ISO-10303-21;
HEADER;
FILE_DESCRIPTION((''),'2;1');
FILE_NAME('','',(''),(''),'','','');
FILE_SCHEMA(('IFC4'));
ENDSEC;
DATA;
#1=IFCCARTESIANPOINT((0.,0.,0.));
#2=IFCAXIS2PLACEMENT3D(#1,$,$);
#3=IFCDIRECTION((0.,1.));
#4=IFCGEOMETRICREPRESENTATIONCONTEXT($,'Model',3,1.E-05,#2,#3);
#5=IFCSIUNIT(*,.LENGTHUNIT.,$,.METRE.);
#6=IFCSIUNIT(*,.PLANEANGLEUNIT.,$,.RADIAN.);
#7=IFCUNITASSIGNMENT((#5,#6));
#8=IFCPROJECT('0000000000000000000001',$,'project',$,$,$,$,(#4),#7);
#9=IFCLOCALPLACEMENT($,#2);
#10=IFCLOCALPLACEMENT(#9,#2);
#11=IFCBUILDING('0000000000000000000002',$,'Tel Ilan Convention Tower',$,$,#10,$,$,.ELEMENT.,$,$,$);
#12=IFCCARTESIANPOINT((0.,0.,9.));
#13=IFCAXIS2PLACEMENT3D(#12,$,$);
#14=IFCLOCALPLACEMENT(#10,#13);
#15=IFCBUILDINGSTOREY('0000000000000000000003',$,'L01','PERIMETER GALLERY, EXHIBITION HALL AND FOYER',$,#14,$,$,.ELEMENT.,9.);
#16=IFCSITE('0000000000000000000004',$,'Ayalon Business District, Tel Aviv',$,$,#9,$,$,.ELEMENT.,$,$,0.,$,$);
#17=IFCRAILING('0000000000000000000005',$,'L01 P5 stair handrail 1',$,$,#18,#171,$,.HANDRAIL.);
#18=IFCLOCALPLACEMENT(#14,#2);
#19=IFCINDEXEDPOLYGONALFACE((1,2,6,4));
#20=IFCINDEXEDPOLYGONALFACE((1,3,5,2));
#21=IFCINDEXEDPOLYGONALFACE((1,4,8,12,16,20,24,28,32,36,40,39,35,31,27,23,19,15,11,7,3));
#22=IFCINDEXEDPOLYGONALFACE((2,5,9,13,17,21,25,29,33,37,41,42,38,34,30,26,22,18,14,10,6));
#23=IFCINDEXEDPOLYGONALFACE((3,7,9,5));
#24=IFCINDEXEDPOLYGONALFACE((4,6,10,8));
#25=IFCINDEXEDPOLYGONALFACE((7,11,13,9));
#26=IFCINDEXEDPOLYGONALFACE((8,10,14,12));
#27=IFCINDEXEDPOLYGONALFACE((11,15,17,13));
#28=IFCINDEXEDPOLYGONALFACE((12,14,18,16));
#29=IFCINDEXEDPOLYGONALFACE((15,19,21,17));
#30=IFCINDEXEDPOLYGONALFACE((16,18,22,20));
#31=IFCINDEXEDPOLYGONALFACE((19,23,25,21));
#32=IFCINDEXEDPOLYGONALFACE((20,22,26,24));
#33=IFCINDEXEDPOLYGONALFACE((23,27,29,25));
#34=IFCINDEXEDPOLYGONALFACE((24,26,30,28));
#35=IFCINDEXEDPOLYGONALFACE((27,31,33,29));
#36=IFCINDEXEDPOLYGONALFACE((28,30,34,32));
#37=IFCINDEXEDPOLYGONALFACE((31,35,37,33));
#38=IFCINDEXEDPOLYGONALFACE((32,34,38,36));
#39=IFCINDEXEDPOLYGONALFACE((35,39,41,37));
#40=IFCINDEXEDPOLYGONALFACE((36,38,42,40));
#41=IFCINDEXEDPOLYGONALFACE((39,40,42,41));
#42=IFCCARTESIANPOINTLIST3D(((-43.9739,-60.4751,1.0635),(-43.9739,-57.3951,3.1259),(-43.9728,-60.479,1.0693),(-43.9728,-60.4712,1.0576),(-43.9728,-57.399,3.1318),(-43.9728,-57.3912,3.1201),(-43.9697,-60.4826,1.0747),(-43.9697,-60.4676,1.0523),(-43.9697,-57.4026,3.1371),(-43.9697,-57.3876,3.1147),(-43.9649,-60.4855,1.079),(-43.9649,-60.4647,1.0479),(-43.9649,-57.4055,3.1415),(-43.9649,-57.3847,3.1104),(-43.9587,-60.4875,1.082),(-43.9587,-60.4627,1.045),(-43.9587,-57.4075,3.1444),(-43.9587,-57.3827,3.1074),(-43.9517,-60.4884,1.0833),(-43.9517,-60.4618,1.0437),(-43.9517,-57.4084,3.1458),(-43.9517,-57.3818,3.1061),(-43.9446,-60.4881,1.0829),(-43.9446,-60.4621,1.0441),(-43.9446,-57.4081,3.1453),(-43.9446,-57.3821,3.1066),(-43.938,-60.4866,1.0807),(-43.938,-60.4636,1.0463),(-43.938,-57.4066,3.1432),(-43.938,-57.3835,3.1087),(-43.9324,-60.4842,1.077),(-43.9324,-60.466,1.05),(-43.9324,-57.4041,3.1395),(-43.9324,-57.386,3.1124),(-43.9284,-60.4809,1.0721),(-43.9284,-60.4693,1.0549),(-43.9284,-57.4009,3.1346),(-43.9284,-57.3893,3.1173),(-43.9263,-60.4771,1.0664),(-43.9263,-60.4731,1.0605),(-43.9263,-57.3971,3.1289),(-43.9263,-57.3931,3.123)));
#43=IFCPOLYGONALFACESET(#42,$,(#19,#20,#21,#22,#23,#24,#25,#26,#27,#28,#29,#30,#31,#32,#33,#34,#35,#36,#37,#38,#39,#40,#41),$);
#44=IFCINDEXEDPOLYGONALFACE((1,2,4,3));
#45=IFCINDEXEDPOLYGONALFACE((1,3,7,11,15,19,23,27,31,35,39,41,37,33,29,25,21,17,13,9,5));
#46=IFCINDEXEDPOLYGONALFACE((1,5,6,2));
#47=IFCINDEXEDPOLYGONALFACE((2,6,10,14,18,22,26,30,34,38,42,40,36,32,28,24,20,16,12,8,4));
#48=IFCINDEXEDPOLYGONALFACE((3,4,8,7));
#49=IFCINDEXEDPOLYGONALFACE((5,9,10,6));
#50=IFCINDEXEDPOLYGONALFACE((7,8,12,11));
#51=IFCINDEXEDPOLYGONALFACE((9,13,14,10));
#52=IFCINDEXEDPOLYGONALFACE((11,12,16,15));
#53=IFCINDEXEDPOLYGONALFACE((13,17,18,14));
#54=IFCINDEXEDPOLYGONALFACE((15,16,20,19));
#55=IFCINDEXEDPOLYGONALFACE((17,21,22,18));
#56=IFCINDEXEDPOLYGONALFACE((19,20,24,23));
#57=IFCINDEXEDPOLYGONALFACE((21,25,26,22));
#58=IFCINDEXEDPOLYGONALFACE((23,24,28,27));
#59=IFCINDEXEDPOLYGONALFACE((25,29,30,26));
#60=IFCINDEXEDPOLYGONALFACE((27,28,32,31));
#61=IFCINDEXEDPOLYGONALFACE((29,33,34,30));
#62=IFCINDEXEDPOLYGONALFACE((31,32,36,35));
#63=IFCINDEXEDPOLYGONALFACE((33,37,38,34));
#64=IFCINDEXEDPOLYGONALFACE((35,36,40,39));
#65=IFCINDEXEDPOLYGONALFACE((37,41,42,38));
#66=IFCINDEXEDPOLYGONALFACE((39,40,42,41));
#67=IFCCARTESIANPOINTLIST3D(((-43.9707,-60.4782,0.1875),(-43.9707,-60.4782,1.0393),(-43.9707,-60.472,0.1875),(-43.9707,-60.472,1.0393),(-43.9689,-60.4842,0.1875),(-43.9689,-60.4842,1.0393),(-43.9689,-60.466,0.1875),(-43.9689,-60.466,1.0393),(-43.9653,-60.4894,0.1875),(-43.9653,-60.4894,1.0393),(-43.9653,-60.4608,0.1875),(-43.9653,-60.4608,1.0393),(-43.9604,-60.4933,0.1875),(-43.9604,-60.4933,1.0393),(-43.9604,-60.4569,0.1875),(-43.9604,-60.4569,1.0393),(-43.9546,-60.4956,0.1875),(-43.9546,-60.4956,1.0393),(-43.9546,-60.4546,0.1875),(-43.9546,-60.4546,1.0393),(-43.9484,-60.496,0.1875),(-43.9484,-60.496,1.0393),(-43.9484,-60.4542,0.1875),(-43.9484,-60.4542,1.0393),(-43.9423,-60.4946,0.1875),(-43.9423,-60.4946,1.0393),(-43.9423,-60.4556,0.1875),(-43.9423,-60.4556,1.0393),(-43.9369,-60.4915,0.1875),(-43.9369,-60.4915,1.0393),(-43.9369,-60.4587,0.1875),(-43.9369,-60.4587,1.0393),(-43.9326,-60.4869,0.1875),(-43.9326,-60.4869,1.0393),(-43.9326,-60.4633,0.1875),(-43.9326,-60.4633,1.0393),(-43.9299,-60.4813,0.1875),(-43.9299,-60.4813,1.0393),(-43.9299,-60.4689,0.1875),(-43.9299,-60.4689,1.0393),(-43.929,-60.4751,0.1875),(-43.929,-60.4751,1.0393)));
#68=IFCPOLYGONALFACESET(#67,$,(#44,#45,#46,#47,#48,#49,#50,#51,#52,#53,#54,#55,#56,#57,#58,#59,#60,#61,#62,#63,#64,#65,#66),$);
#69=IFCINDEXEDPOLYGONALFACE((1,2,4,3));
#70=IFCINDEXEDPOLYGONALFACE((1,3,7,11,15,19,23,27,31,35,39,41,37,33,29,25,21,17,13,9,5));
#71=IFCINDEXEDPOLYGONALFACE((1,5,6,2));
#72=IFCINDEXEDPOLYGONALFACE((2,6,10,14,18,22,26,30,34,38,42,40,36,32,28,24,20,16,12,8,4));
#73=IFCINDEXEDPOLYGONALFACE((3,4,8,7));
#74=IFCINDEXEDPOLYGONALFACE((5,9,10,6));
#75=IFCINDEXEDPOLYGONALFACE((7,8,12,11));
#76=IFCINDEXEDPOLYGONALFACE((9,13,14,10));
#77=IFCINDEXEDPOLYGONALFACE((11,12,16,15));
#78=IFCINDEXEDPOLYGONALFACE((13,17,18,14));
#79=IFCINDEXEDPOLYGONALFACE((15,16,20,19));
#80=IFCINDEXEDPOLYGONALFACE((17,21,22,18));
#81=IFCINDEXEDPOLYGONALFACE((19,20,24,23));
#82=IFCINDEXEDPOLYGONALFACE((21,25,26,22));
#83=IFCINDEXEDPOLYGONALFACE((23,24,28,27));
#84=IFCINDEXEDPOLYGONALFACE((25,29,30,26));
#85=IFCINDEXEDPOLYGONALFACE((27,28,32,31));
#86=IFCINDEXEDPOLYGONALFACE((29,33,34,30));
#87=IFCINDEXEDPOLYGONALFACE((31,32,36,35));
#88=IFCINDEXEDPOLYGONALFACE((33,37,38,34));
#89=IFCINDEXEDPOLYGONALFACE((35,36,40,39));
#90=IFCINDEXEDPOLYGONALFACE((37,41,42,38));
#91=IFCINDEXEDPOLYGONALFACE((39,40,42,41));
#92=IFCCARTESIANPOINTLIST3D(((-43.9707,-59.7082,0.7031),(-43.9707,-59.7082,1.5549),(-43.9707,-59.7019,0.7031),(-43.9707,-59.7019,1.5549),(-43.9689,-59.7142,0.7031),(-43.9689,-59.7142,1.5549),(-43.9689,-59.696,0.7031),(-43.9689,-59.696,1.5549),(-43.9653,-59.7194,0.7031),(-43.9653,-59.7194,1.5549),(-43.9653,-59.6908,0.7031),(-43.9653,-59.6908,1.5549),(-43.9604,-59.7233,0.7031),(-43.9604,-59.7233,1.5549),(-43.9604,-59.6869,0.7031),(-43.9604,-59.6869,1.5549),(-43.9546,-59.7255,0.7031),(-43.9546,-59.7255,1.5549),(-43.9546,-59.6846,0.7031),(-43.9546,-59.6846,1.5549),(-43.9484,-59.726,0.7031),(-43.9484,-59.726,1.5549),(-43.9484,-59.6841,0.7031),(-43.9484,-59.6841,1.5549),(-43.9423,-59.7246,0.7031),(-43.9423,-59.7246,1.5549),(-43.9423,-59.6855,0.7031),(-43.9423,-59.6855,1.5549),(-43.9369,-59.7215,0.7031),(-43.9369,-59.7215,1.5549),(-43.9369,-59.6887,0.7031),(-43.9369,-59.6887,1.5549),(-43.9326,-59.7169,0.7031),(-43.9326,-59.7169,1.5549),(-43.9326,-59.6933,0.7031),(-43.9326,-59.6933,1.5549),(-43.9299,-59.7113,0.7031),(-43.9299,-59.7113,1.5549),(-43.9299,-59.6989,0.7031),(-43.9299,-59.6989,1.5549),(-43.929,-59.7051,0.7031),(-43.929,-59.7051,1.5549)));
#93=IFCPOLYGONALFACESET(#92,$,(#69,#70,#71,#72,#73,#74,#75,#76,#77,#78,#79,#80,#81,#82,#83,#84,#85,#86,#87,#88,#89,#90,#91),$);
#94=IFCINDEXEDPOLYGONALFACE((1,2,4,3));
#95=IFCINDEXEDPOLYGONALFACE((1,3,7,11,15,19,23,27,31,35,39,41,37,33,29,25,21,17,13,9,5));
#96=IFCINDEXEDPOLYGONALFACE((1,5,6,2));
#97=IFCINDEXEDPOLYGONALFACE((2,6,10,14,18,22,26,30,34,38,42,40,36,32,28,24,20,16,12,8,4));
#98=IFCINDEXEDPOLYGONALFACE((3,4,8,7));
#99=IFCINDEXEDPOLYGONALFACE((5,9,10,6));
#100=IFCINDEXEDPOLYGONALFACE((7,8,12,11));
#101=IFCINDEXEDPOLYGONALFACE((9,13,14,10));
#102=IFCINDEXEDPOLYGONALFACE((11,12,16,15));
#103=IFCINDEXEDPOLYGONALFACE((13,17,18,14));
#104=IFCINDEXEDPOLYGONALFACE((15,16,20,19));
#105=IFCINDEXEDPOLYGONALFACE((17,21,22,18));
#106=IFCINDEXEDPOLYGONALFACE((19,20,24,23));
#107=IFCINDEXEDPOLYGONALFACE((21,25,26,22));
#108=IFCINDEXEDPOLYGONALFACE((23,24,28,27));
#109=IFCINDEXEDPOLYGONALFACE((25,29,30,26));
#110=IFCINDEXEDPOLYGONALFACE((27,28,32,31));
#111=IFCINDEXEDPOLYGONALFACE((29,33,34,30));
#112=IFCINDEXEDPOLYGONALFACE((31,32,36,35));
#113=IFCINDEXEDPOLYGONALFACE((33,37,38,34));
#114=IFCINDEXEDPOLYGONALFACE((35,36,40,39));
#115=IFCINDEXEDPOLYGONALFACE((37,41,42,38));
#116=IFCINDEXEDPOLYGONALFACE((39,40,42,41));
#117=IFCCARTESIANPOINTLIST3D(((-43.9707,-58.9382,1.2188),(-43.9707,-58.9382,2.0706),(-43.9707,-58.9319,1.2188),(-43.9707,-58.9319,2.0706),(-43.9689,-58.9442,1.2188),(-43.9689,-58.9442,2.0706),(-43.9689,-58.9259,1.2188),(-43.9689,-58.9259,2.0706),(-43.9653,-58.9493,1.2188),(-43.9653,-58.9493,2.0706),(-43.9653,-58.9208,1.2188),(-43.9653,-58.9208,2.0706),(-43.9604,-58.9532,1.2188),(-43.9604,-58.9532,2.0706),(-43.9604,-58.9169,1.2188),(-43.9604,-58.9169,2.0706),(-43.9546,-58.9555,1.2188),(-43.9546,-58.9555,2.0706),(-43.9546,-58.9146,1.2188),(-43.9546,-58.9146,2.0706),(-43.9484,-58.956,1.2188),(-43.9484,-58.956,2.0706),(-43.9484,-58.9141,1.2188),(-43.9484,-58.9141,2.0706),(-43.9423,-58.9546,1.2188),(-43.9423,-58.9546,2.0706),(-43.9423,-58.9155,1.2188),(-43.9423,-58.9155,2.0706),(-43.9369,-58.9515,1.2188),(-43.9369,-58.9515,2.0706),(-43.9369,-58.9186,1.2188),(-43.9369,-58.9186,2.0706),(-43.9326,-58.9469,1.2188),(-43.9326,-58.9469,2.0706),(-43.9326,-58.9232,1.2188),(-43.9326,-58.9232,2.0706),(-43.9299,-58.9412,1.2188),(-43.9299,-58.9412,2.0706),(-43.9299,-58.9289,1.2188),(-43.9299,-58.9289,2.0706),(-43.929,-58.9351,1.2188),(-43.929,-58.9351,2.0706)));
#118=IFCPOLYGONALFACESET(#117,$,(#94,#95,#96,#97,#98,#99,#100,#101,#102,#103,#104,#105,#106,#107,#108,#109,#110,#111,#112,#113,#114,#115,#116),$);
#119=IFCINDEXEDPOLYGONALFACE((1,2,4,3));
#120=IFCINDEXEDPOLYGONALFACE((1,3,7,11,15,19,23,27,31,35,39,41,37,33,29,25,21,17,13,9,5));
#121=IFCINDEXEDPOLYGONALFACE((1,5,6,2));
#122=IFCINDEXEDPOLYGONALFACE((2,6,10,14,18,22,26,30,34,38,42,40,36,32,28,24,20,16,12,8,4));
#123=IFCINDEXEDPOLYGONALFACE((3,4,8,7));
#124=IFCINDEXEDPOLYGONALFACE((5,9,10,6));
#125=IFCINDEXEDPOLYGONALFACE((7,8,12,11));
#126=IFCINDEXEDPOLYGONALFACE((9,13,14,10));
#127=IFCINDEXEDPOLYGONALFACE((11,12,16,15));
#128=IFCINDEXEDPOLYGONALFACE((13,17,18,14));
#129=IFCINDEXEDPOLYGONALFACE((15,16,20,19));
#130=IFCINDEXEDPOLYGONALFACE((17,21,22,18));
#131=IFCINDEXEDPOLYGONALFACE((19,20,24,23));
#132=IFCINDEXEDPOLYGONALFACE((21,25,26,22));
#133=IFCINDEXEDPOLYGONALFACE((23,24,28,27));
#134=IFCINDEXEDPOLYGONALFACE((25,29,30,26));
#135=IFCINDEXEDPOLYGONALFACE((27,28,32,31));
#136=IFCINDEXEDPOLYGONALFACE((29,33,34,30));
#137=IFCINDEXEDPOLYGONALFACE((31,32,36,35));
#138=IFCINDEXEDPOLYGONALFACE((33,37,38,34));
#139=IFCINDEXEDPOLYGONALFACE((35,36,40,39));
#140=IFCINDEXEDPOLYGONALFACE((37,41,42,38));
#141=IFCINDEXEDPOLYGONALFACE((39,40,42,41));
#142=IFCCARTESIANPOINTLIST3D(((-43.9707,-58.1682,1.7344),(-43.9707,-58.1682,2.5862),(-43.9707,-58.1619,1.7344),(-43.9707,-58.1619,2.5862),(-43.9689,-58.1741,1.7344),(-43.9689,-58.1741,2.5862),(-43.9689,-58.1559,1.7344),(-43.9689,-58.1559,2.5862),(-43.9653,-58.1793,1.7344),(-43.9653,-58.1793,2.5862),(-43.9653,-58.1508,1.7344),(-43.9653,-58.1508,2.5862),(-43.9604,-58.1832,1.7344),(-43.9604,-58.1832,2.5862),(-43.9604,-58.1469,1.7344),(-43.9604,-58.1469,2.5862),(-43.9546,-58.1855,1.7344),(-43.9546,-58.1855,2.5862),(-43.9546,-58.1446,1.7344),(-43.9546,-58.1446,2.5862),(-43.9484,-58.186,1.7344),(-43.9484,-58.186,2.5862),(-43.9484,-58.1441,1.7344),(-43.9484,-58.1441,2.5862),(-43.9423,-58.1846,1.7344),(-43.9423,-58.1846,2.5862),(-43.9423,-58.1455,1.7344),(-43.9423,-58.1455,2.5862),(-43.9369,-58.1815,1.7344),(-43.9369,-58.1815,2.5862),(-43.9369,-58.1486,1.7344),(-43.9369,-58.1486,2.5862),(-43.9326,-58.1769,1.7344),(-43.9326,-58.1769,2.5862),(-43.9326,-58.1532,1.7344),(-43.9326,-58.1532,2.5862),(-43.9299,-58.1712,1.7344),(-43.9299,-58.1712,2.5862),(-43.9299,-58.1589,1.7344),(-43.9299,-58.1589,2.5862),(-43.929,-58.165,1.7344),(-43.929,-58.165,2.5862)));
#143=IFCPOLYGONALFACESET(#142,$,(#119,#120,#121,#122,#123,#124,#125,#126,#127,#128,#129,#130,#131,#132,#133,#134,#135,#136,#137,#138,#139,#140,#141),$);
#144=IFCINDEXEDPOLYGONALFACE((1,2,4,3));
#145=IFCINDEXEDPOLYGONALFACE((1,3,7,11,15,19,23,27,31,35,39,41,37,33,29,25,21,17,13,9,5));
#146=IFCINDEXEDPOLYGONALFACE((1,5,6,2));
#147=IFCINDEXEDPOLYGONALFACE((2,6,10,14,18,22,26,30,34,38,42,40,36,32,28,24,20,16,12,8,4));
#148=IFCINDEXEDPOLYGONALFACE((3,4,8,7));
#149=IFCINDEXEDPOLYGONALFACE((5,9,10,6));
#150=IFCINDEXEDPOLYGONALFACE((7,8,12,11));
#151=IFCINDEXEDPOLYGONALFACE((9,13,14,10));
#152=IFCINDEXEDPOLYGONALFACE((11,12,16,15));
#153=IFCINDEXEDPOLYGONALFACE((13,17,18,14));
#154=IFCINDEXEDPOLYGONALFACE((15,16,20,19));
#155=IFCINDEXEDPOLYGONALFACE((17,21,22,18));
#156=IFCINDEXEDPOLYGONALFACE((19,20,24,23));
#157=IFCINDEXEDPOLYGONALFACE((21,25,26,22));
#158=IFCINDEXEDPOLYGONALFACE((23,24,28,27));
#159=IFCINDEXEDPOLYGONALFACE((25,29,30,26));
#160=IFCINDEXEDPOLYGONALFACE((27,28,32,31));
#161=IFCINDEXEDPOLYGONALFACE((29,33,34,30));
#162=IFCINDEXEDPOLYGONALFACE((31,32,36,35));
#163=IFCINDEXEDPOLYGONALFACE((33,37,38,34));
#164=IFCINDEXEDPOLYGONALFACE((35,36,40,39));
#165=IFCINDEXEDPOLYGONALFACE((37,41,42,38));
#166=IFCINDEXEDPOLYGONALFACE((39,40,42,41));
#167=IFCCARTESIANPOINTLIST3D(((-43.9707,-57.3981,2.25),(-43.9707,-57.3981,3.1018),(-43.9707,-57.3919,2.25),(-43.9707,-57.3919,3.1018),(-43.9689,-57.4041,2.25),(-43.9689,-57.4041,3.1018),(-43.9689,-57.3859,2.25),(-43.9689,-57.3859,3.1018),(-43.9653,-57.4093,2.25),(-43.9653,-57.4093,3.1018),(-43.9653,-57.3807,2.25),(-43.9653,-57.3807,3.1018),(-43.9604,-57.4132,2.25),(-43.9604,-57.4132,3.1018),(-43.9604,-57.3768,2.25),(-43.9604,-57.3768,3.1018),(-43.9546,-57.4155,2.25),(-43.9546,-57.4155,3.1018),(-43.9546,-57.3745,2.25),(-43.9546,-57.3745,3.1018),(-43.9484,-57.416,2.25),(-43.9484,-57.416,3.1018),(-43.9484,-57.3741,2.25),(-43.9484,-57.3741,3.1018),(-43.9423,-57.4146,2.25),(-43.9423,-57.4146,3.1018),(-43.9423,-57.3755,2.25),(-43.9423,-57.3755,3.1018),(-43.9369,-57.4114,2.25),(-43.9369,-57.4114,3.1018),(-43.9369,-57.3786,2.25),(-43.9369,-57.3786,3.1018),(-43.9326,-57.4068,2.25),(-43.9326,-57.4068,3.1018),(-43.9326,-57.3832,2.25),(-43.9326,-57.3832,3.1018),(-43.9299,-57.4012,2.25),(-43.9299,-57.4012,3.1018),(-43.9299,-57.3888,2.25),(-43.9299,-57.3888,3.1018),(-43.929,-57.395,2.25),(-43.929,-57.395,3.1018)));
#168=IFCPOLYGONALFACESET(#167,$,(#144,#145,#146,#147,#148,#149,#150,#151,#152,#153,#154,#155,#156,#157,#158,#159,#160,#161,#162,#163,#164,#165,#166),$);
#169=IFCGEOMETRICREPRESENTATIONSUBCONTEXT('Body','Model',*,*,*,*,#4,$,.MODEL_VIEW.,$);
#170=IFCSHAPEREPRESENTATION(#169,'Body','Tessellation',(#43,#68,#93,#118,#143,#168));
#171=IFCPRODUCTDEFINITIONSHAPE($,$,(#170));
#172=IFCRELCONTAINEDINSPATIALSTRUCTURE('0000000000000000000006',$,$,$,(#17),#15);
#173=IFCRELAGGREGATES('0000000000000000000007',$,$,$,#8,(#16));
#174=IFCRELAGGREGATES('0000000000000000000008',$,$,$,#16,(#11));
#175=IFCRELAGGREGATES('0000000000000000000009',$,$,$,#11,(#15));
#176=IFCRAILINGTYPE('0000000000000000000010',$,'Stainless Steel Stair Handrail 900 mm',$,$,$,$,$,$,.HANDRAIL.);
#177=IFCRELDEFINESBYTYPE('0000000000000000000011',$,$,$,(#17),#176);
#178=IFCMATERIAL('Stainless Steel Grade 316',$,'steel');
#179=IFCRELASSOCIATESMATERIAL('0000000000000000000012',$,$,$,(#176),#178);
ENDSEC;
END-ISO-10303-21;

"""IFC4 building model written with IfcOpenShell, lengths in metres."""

from ifc_helpers import new_model, si_unit, direction, frame, origin, origin_2d, place, context, subcontext, project, spatial, circle, extrude, material, type_object, element, save


model = new_model("IFC4")

# Units and contexts
model_context = context("Model", 3, precision=1e-05, world=origin(), true_north=direction((0.0, 1.0)))
body_context = subcontext(model_context, "Body", "Model", "MODEL_VIEW")
ifc_project = project(units=[si_unit("LENGTHUNIT", "METRE"), si_unit("PLANEANGLEUNIT", "RADIAN")], contexts=[model_context])

# Site, building, storey
site_placement = place(None, origin())
site = spatial("IfcSite", under=ifc_project, at=site_placement, Name="Ayalon Business District, Tel Aviv", CompositionType="ELEMENT", RefElevation=0.0)
building_placement = place(site_placement, origin())
building = spatial("IfcBuilding", under=site, at=building_placement, Name="Tel Ilan Convention Tower", CompositionType="ELEMENT")
storey_placement = place(building_placement, frame((0.0, 0.0, 9.0)))
storey = spatial("IfcBuildingStorey", under=building, at=storey_placement, Name="L01", Description="PERIMETER GALLERY, EXHIBITION HALL AND FOYER", CompositionType="ELEMENT", Elevation=9.0)

# Railing
ifc_material_1 = material(Name="Stainless Steel Grade 316", Category="steel")
railing_type_1 = type_object("IfcRailingType", Name="Stainless Steel Stair Handrail 900 mm", PredefinedType="HANDRAIL", material=ifc_material_1)
railing_1_placement = place(storey_placement, frame((-43.95, -60.4751, 0.1875)))
element("IfcRailing", 1, at=railing_1_placement, inside=storey, type_object=railing_type_1, Name="L01 P5 stair handrail 1", PredefinedType="HANDRAIL", context=body_context, shape_type="SweptSolid", body=[
    extrude(circle(Radius=0.0239, at=origin_2d()), frame((0.0, 0.0, 0.876), z_axis=(0.0, 0.830914, 0.556401), x_axis=(-1.0, 0.0, 0.0)), (0.0, 0.0, 1.0), 3.7068),
    extrude(circle(Radius=0.021, at=origin_2d()), origin(), (0.0, 0.0, 1.0), 0.8518),
    extrude(circle(Radius=0.021, at=origin_2d()), frame((0.0, 0.77, 0.5156)), (0.0, 0.0, 1.0), 0.8518),
    extrude(circle(Radius=0.021, at=origin_2d()), frame((0.0, 1.54, 1.0312)), (0.0, 0.0, 1.0), 0.8518),
    extrude(circle(Radius=0.021, at=origin_2d()), frame((0.0, 2.3101, 1.5469)), (0.0, 0.0, 1.0), 0.8518),
    extrude(circle(Radius=0.021, at=origin_2d()), frame((0.0, 3.0801, 2.0625)), (0.0, 0.0, 1.0), 0.8518),
])

save(model, "model.ifc")
